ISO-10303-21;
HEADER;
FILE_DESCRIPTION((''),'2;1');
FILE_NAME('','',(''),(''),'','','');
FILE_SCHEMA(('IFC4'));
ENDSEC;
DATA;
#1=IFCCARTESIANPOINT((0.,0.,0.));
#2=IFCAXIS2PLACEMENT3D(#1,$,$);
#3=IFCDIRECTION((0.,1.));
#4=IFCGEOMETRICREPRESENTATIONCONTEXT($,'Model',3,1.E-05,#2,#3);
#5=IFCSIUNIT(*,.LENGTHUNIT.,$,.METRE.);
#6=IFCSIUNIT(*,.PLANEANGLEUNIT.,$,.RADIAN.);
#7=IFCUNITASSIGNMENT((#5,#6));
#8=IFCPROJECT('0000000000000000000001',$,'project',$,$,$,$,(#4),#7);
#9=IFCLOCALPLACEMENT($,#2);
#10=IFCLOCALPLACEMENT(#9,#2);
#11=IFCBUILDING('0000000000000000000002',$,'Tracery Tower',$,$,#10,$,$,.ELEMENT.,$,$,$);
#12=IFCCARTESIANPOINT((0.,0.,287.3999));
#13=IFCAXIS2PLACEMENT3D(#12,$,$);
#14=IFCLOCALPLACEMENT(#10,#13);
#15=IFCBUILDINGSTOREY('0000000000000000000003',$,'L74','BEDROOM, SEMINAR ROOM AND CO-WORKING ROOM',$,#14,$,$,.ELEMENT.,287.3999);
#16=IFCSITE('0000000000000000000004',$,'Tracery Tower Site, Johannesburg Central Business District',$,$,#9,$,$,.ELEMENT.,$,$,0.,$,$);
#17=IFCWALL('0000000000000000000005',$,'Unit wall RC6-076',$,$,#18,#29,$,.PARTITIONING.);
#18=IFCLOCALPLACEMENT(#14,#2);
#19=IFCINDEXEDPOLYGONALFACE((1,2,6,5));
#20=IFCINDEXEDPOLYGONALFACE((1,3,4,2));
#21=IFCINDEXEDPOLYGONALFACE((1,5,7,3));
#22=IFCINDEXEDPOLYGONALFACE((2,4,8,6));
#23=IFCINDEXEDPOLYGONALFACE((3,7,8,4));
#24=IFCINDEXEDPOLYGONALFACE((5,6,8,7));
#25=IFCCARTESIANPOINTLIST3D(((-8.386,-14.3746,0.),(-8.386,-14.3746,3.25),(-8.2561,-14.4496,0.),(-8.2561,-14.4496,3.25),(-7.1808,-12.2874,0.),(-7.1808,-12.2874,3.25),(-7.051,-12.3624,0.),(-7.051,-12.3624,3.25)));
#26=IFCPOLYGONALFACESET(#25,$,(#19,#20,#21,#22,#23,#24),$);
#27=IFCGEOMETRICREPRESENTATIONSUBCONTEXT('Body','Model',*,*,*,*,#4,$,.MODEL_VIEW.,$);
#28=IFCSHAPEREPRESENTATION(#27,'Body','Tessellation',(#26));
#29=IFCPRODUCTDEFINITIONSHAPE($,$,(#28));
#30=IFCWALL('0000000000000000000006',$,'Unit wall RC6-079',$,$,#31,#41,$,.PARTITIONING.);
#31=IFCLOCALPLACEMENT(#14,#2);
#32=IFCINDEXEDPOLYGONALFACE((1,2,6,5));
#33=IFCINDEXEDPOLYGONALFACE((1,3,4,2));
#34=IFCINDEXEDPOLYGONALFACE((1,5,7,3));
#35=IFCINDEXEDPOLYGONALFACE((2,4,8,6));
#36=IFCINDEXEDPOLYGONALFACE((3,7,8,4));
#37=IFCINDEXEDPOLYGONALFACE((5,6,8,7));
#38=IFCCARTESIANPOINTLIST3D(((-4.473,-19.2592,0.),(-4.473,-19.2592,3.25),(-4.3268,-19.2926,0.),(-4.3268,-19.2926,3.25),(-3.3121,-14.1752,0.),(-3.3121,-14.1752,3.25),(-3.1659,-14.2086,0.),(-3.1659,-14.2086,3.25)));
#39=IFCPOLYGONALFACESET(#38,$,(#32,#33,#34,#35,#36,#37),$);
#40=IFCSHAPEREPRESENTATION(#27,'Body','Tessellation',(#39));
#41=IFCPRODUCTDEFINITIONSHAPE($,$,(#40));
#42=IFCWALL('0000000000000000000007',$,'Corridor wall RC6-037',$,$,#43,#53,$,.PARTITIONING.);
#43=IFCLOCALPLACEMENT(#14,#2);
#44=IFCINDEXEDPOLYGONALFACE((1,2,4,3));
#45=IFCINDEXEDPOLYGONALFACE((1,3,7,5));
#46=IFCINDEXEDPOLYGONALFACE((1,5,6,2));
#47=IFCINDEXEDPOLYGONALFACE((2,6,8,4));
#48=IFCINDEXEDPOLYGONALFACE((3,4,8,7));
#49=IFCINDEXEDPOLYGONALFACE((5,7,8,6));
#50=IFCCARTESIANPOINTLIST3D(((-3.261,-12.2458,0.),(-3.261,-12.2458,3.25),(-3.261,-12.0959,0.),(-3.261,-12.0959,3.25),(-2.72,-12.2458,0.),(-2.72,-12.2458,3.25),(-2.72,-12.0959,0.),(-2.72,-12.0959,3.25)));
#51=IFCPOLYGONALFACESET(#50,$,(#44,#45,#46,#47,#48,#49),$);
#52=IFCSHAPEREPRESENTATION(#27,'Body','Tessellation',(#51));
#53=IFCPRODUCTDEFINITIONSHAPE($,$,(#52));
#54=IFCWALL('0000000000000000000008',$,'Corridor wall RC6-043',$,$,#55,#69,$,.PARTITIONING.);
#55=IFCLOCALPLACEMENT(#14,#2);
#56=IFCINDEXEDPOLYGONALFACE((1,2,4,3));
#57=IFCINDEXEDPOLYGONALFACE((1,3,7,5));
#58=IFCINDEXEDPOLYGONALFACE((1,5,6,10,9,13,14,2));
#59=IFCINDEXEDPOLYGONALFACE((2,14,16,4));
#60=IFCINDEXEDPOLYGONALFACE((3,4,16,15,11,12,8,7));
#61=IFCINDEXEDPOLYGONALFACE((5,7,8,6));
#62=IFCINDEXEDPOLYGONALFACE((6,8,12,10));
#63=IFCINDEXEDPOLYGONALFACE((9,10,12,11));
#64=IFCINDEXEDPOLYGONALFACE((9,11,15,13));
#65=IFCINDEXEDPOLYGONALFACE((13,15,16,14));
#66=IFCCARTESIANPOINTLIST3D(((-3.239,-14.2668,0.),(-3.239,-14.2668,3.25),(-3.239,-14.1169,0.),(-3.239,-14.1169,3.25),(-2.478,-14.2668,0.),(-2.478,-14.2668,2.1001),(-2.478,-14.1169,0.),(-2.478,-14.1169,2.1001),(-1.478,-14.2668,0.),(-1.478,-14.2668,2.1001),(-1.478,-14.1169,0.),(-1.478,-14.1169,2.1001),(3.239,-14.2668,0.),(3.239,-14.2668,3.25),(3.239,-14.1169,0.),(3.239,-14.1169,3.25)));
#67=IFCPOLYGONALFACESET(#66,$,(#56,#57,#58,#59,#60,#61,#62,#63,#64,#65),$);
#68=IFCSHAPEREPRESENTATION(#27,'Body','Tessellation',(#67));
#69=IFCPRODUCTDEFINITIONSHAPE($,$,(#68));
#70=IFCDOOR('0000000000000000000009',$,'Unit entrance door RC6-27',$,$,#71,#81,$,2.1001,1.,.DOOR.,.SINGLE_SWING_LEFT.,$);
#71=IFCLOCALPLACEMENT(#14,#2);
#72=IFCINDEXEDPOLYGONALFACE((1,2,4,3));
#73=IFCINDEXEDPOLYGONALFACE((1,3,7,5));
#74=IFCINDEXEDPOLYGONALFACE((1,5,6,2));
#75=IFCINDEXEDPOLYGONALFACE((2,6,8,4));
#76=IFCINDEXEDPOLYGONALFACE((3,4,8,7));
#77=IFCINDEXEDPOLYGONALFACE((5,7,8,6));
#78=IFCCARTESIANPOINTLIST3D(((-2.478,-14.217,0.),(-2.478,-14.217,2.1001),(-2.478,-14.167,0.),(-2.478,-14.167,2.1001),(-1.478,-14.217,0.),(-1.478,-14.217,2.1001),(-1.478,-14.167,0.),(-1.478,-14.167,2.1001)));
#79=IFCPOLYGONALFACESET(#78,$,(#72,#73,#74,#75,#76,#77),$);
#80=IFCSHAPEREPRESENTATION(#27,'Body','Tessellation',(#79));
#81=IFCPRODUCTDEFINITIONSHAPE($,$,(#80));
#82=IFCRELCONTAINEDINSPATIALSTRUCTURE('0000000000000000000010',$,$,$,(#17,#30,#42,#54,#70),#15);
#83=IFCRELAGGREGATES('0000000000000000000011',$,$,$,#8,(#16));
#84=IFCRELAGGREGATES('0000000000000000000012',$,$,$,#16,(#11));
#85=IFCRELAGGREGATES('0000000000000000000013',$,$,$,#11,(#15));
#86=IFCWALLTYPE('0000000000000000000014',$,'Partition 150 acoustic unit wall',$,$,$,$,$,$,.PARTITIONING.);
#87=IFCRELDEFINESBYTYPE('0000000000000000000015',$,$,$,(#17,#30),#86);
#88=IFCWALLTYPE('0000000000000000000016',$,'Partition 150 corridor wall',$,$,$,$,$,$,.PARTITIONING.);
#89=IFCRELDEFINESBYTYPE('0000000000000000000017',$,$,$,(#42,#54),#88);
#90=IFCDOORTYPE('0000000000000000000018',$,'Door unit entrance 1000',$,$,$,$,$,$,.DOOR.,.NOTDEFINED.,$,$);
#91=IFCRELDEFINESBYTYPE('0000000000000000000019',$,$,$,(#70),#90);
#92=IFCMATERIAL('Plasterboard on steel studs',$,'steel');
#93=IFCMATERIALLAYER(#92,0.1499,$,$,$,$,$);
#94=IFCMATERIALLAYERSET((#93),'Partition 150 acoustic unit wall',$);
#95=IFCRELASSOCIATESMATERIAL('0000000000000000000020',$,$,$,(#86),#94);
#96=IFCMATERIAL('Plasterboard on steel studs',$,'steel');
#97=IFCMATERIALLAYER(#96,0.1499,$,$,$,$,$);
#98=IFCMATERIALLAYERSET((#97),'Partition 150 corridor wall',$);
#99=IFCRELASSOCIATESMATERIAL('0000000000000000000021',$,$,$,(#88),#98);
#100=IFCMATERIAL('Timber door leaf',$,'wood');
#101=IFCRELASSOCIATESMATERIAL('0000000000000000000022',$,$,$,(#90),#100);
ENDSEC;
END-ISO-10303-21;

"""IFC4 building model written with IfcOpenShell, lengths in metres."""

from ifc_helpers import new_model, si_unit, direction, frame, frame_2d, origin, place, context, subcontext, project, spatial, rectangle, extrude, material, layer, layer_set, type_object, element, fill, save


model = new_model("IFC4")

# Units and contexts
model_context = context("Model", 3, precision=1e-05, world=origin(), true_north=direction((0.0, 1.0)))
body_context = subcontext(model_context, "Body", "Model", "MODEL_VIEW")
ifc_project = project(units=[si_unit("LENGTHUNIT", "METRE"), si_unit("PLANEANGLEUNIT", "RADIAN")], contexts=[model_context])

# Site, building, storey
site_placement = place(None, origin())
site = spatial("IfcSite", under=ifc_project, at=site_placement, Name="Tracery Tower Site, Johannesburg Central Business District", CompositionType="ELEMENT", RefElevation=0.0)
building_placement = place(site_placement, origin())
building = spatial("IfcBuilding", under=site, at=building_placement, Name="Tracery Tower", CompositionType="ELEMENT")
storey_placement = place(building_placement, frame((0.0, 0.0, 287.3999)))
storey = spatial("IfcBuildingStorey", under=building, at=storey_placement, Name="L74", Description="BEDROOM, SEMINAR ROOM AND CO-WORKING ROOM", CompositionType="ELEMENT", Elevation=287.3999)

# Walls
ifc_material_1 = material(Name="Plasterboard on steel studs", Category="steel")
ifc_layer_1 = layer(ifc_material_1, 0.1499)
ifc_layer_set_1 = layer_set([ifc_layer_1], Name="Partition 150 acoustic unit wall")
wall_type_1 = type_object("IfcWallType", Name="Partition 150 acoustic unit wall", PredefinedType="PARTITIONING", material=ifc_layer_set_1)
wall_1_placement = place(storey_placement, frame((-8.321, -14.4121, 0.0), z_axis=(0.0, 0.0, 1.0), x_axis=(0.500018, 0.866015, 0.0)))
element("IfcWall", 1, at=wall_1_placement, inside=storey, type_object=wall_type_1, Name="Unit wall RC6-076", PredefinedType="PARTITIONING", context=body_context, shape_type="SweptSolid", body=[
    extrude(rectangle(XDim=2.4102, YDim=0.1499, at=frame_2d((1.2051, 0.0))), origin(), (0.0, 0.0, 1.0), 3.25),
])
wall_2_placement = place(storey_placement, frame((-4.3999, -19.2759, 0.0), z_axis=(0.0, 0.0, 1.0), x_axis=(0.222613, 0.974907, 0.0)))
element("IfcWall", 2, at=wall_2_placement, inside=storey, type_object=wall_type_1, Name="Unit wall RC6-079", PredefinedType="PARTITIONING", context=body_context, shape_type="SweptSolid", body=[
    extrude(rectangle(XDim=5.2148, YDim=0.1499, at=frame_2d((2.6074, 0.0))), origin(), (0.0, 0.0, 1.0), 3.25),
])
ifc_material_2 = material(Name="Plasterboard on steel studs", Category="steel")
ifc_layer_2 = layer(ifc_material_2, 0.1499)
ifc_layer_set_2 = layer_set([ifc_layer_2], Name="Partition 150 corridor wall")
wall_type_2 = type_object("IfcWallType", Name="Partition 150 corridor wall", PredefinedType="PARTITIONING", material=ifc_layer_set_2)
wall_3_placement = place(storey_placement, frame((-3.261, -12.1709, 0.0), z_axis=(0.0, 0.0, 1.0), x_axis=(1.0, 0.0, 0.0)))
element("IfcWall", 3, at=wall_3_placement, inside=storey, type_object=wall_type_2, Name="Corridor wall RC6-037", PredefinedType="PARTITIONING", context=body_context, shape_type="SweptSolid", body=[
    extrude(rectangle(XDim=0.541, YDim=0.1499, at=frame_2d((0.2705, 0.0))), origin(), (0.0, 0.0, 1.0), 3.25),
])

# Wall, opening, door
wall_4_placement = place(storey_placement, frame((-3.239, -14.1919, 0.0), z_axis=(0.0, 0.0, 1.0), x_axis=(1.0, 0.0, 0.0)))
wall_4 = element("IfcWall", 4, at=wall_4_placement, inside=storey, type_object=wall_type_2, Name="Corridor wall RC6-043", PredefinedType="PARTITIONING", context=body_context, shape_type="SweptSolid", body=[
    extrude(rectangle(XDim=6.478, YDim=0.1499, at=frame_2d((3.239, 0.0))), origin(), (0.0, 0.0, 1.0), 3.25),
])
opening_1_placement = place(wall_4_placement, frame((0.761, 0.0, 0.0)))
opening_1 = element("IfcOpeningElement", 5, at=opening_1_placement, cuts=wall_4, PredefinedType="OPENING", context=body_context, shape_type="SweptSolid", body=[
    extrude(rectangle(XDim=1.0, YDim=2.1001, at=frame_2d((0.5, 1.05))), frame((0.0, 0.075, 0.0), z_axis=(0.0, -1.0, 0.0), x_axis=(1.0, 0.0, 0.0)), (0.0, 0.0, 1.0), 0.1499),
])
ifc_material_3 = material(Name="Timber door leaf", Category="wood")
door_type_1 = type_object("IfcDoorType", Name="Door unit entrance 1000", OperationType="NOTDEFINED", PredefinedType="DOOR", material=ifc_material_3)
door_1_placement = place(opening_1_placement, origin())
door_1 = element("IfcDoor", 6, at=door_1_placement, inside=storey, type_object=door_type_1, Name="Unit entrance door RC6-27", OperationType="SINGLE_SWING_LEFT", OverallHeight=2.1001, OverallWidth=1.0, PredefinedType="DOOR", context=body_context, shape_type="SweptSolid", body=[
    extrude(rectangle(XDim=1.0, YDim=2.1001, at=frame_2d((0.5, 1.05))), frame((0.0, 0.0249, 0.0), z_axis=(0.0, -1.0, 0.0), x_axis=(1.0, 0.0, 0.0)), (0.0, 0.0, 1.0), 0.05),
])
fill(opening_1, door_1)

save(model, "model.ifc")
